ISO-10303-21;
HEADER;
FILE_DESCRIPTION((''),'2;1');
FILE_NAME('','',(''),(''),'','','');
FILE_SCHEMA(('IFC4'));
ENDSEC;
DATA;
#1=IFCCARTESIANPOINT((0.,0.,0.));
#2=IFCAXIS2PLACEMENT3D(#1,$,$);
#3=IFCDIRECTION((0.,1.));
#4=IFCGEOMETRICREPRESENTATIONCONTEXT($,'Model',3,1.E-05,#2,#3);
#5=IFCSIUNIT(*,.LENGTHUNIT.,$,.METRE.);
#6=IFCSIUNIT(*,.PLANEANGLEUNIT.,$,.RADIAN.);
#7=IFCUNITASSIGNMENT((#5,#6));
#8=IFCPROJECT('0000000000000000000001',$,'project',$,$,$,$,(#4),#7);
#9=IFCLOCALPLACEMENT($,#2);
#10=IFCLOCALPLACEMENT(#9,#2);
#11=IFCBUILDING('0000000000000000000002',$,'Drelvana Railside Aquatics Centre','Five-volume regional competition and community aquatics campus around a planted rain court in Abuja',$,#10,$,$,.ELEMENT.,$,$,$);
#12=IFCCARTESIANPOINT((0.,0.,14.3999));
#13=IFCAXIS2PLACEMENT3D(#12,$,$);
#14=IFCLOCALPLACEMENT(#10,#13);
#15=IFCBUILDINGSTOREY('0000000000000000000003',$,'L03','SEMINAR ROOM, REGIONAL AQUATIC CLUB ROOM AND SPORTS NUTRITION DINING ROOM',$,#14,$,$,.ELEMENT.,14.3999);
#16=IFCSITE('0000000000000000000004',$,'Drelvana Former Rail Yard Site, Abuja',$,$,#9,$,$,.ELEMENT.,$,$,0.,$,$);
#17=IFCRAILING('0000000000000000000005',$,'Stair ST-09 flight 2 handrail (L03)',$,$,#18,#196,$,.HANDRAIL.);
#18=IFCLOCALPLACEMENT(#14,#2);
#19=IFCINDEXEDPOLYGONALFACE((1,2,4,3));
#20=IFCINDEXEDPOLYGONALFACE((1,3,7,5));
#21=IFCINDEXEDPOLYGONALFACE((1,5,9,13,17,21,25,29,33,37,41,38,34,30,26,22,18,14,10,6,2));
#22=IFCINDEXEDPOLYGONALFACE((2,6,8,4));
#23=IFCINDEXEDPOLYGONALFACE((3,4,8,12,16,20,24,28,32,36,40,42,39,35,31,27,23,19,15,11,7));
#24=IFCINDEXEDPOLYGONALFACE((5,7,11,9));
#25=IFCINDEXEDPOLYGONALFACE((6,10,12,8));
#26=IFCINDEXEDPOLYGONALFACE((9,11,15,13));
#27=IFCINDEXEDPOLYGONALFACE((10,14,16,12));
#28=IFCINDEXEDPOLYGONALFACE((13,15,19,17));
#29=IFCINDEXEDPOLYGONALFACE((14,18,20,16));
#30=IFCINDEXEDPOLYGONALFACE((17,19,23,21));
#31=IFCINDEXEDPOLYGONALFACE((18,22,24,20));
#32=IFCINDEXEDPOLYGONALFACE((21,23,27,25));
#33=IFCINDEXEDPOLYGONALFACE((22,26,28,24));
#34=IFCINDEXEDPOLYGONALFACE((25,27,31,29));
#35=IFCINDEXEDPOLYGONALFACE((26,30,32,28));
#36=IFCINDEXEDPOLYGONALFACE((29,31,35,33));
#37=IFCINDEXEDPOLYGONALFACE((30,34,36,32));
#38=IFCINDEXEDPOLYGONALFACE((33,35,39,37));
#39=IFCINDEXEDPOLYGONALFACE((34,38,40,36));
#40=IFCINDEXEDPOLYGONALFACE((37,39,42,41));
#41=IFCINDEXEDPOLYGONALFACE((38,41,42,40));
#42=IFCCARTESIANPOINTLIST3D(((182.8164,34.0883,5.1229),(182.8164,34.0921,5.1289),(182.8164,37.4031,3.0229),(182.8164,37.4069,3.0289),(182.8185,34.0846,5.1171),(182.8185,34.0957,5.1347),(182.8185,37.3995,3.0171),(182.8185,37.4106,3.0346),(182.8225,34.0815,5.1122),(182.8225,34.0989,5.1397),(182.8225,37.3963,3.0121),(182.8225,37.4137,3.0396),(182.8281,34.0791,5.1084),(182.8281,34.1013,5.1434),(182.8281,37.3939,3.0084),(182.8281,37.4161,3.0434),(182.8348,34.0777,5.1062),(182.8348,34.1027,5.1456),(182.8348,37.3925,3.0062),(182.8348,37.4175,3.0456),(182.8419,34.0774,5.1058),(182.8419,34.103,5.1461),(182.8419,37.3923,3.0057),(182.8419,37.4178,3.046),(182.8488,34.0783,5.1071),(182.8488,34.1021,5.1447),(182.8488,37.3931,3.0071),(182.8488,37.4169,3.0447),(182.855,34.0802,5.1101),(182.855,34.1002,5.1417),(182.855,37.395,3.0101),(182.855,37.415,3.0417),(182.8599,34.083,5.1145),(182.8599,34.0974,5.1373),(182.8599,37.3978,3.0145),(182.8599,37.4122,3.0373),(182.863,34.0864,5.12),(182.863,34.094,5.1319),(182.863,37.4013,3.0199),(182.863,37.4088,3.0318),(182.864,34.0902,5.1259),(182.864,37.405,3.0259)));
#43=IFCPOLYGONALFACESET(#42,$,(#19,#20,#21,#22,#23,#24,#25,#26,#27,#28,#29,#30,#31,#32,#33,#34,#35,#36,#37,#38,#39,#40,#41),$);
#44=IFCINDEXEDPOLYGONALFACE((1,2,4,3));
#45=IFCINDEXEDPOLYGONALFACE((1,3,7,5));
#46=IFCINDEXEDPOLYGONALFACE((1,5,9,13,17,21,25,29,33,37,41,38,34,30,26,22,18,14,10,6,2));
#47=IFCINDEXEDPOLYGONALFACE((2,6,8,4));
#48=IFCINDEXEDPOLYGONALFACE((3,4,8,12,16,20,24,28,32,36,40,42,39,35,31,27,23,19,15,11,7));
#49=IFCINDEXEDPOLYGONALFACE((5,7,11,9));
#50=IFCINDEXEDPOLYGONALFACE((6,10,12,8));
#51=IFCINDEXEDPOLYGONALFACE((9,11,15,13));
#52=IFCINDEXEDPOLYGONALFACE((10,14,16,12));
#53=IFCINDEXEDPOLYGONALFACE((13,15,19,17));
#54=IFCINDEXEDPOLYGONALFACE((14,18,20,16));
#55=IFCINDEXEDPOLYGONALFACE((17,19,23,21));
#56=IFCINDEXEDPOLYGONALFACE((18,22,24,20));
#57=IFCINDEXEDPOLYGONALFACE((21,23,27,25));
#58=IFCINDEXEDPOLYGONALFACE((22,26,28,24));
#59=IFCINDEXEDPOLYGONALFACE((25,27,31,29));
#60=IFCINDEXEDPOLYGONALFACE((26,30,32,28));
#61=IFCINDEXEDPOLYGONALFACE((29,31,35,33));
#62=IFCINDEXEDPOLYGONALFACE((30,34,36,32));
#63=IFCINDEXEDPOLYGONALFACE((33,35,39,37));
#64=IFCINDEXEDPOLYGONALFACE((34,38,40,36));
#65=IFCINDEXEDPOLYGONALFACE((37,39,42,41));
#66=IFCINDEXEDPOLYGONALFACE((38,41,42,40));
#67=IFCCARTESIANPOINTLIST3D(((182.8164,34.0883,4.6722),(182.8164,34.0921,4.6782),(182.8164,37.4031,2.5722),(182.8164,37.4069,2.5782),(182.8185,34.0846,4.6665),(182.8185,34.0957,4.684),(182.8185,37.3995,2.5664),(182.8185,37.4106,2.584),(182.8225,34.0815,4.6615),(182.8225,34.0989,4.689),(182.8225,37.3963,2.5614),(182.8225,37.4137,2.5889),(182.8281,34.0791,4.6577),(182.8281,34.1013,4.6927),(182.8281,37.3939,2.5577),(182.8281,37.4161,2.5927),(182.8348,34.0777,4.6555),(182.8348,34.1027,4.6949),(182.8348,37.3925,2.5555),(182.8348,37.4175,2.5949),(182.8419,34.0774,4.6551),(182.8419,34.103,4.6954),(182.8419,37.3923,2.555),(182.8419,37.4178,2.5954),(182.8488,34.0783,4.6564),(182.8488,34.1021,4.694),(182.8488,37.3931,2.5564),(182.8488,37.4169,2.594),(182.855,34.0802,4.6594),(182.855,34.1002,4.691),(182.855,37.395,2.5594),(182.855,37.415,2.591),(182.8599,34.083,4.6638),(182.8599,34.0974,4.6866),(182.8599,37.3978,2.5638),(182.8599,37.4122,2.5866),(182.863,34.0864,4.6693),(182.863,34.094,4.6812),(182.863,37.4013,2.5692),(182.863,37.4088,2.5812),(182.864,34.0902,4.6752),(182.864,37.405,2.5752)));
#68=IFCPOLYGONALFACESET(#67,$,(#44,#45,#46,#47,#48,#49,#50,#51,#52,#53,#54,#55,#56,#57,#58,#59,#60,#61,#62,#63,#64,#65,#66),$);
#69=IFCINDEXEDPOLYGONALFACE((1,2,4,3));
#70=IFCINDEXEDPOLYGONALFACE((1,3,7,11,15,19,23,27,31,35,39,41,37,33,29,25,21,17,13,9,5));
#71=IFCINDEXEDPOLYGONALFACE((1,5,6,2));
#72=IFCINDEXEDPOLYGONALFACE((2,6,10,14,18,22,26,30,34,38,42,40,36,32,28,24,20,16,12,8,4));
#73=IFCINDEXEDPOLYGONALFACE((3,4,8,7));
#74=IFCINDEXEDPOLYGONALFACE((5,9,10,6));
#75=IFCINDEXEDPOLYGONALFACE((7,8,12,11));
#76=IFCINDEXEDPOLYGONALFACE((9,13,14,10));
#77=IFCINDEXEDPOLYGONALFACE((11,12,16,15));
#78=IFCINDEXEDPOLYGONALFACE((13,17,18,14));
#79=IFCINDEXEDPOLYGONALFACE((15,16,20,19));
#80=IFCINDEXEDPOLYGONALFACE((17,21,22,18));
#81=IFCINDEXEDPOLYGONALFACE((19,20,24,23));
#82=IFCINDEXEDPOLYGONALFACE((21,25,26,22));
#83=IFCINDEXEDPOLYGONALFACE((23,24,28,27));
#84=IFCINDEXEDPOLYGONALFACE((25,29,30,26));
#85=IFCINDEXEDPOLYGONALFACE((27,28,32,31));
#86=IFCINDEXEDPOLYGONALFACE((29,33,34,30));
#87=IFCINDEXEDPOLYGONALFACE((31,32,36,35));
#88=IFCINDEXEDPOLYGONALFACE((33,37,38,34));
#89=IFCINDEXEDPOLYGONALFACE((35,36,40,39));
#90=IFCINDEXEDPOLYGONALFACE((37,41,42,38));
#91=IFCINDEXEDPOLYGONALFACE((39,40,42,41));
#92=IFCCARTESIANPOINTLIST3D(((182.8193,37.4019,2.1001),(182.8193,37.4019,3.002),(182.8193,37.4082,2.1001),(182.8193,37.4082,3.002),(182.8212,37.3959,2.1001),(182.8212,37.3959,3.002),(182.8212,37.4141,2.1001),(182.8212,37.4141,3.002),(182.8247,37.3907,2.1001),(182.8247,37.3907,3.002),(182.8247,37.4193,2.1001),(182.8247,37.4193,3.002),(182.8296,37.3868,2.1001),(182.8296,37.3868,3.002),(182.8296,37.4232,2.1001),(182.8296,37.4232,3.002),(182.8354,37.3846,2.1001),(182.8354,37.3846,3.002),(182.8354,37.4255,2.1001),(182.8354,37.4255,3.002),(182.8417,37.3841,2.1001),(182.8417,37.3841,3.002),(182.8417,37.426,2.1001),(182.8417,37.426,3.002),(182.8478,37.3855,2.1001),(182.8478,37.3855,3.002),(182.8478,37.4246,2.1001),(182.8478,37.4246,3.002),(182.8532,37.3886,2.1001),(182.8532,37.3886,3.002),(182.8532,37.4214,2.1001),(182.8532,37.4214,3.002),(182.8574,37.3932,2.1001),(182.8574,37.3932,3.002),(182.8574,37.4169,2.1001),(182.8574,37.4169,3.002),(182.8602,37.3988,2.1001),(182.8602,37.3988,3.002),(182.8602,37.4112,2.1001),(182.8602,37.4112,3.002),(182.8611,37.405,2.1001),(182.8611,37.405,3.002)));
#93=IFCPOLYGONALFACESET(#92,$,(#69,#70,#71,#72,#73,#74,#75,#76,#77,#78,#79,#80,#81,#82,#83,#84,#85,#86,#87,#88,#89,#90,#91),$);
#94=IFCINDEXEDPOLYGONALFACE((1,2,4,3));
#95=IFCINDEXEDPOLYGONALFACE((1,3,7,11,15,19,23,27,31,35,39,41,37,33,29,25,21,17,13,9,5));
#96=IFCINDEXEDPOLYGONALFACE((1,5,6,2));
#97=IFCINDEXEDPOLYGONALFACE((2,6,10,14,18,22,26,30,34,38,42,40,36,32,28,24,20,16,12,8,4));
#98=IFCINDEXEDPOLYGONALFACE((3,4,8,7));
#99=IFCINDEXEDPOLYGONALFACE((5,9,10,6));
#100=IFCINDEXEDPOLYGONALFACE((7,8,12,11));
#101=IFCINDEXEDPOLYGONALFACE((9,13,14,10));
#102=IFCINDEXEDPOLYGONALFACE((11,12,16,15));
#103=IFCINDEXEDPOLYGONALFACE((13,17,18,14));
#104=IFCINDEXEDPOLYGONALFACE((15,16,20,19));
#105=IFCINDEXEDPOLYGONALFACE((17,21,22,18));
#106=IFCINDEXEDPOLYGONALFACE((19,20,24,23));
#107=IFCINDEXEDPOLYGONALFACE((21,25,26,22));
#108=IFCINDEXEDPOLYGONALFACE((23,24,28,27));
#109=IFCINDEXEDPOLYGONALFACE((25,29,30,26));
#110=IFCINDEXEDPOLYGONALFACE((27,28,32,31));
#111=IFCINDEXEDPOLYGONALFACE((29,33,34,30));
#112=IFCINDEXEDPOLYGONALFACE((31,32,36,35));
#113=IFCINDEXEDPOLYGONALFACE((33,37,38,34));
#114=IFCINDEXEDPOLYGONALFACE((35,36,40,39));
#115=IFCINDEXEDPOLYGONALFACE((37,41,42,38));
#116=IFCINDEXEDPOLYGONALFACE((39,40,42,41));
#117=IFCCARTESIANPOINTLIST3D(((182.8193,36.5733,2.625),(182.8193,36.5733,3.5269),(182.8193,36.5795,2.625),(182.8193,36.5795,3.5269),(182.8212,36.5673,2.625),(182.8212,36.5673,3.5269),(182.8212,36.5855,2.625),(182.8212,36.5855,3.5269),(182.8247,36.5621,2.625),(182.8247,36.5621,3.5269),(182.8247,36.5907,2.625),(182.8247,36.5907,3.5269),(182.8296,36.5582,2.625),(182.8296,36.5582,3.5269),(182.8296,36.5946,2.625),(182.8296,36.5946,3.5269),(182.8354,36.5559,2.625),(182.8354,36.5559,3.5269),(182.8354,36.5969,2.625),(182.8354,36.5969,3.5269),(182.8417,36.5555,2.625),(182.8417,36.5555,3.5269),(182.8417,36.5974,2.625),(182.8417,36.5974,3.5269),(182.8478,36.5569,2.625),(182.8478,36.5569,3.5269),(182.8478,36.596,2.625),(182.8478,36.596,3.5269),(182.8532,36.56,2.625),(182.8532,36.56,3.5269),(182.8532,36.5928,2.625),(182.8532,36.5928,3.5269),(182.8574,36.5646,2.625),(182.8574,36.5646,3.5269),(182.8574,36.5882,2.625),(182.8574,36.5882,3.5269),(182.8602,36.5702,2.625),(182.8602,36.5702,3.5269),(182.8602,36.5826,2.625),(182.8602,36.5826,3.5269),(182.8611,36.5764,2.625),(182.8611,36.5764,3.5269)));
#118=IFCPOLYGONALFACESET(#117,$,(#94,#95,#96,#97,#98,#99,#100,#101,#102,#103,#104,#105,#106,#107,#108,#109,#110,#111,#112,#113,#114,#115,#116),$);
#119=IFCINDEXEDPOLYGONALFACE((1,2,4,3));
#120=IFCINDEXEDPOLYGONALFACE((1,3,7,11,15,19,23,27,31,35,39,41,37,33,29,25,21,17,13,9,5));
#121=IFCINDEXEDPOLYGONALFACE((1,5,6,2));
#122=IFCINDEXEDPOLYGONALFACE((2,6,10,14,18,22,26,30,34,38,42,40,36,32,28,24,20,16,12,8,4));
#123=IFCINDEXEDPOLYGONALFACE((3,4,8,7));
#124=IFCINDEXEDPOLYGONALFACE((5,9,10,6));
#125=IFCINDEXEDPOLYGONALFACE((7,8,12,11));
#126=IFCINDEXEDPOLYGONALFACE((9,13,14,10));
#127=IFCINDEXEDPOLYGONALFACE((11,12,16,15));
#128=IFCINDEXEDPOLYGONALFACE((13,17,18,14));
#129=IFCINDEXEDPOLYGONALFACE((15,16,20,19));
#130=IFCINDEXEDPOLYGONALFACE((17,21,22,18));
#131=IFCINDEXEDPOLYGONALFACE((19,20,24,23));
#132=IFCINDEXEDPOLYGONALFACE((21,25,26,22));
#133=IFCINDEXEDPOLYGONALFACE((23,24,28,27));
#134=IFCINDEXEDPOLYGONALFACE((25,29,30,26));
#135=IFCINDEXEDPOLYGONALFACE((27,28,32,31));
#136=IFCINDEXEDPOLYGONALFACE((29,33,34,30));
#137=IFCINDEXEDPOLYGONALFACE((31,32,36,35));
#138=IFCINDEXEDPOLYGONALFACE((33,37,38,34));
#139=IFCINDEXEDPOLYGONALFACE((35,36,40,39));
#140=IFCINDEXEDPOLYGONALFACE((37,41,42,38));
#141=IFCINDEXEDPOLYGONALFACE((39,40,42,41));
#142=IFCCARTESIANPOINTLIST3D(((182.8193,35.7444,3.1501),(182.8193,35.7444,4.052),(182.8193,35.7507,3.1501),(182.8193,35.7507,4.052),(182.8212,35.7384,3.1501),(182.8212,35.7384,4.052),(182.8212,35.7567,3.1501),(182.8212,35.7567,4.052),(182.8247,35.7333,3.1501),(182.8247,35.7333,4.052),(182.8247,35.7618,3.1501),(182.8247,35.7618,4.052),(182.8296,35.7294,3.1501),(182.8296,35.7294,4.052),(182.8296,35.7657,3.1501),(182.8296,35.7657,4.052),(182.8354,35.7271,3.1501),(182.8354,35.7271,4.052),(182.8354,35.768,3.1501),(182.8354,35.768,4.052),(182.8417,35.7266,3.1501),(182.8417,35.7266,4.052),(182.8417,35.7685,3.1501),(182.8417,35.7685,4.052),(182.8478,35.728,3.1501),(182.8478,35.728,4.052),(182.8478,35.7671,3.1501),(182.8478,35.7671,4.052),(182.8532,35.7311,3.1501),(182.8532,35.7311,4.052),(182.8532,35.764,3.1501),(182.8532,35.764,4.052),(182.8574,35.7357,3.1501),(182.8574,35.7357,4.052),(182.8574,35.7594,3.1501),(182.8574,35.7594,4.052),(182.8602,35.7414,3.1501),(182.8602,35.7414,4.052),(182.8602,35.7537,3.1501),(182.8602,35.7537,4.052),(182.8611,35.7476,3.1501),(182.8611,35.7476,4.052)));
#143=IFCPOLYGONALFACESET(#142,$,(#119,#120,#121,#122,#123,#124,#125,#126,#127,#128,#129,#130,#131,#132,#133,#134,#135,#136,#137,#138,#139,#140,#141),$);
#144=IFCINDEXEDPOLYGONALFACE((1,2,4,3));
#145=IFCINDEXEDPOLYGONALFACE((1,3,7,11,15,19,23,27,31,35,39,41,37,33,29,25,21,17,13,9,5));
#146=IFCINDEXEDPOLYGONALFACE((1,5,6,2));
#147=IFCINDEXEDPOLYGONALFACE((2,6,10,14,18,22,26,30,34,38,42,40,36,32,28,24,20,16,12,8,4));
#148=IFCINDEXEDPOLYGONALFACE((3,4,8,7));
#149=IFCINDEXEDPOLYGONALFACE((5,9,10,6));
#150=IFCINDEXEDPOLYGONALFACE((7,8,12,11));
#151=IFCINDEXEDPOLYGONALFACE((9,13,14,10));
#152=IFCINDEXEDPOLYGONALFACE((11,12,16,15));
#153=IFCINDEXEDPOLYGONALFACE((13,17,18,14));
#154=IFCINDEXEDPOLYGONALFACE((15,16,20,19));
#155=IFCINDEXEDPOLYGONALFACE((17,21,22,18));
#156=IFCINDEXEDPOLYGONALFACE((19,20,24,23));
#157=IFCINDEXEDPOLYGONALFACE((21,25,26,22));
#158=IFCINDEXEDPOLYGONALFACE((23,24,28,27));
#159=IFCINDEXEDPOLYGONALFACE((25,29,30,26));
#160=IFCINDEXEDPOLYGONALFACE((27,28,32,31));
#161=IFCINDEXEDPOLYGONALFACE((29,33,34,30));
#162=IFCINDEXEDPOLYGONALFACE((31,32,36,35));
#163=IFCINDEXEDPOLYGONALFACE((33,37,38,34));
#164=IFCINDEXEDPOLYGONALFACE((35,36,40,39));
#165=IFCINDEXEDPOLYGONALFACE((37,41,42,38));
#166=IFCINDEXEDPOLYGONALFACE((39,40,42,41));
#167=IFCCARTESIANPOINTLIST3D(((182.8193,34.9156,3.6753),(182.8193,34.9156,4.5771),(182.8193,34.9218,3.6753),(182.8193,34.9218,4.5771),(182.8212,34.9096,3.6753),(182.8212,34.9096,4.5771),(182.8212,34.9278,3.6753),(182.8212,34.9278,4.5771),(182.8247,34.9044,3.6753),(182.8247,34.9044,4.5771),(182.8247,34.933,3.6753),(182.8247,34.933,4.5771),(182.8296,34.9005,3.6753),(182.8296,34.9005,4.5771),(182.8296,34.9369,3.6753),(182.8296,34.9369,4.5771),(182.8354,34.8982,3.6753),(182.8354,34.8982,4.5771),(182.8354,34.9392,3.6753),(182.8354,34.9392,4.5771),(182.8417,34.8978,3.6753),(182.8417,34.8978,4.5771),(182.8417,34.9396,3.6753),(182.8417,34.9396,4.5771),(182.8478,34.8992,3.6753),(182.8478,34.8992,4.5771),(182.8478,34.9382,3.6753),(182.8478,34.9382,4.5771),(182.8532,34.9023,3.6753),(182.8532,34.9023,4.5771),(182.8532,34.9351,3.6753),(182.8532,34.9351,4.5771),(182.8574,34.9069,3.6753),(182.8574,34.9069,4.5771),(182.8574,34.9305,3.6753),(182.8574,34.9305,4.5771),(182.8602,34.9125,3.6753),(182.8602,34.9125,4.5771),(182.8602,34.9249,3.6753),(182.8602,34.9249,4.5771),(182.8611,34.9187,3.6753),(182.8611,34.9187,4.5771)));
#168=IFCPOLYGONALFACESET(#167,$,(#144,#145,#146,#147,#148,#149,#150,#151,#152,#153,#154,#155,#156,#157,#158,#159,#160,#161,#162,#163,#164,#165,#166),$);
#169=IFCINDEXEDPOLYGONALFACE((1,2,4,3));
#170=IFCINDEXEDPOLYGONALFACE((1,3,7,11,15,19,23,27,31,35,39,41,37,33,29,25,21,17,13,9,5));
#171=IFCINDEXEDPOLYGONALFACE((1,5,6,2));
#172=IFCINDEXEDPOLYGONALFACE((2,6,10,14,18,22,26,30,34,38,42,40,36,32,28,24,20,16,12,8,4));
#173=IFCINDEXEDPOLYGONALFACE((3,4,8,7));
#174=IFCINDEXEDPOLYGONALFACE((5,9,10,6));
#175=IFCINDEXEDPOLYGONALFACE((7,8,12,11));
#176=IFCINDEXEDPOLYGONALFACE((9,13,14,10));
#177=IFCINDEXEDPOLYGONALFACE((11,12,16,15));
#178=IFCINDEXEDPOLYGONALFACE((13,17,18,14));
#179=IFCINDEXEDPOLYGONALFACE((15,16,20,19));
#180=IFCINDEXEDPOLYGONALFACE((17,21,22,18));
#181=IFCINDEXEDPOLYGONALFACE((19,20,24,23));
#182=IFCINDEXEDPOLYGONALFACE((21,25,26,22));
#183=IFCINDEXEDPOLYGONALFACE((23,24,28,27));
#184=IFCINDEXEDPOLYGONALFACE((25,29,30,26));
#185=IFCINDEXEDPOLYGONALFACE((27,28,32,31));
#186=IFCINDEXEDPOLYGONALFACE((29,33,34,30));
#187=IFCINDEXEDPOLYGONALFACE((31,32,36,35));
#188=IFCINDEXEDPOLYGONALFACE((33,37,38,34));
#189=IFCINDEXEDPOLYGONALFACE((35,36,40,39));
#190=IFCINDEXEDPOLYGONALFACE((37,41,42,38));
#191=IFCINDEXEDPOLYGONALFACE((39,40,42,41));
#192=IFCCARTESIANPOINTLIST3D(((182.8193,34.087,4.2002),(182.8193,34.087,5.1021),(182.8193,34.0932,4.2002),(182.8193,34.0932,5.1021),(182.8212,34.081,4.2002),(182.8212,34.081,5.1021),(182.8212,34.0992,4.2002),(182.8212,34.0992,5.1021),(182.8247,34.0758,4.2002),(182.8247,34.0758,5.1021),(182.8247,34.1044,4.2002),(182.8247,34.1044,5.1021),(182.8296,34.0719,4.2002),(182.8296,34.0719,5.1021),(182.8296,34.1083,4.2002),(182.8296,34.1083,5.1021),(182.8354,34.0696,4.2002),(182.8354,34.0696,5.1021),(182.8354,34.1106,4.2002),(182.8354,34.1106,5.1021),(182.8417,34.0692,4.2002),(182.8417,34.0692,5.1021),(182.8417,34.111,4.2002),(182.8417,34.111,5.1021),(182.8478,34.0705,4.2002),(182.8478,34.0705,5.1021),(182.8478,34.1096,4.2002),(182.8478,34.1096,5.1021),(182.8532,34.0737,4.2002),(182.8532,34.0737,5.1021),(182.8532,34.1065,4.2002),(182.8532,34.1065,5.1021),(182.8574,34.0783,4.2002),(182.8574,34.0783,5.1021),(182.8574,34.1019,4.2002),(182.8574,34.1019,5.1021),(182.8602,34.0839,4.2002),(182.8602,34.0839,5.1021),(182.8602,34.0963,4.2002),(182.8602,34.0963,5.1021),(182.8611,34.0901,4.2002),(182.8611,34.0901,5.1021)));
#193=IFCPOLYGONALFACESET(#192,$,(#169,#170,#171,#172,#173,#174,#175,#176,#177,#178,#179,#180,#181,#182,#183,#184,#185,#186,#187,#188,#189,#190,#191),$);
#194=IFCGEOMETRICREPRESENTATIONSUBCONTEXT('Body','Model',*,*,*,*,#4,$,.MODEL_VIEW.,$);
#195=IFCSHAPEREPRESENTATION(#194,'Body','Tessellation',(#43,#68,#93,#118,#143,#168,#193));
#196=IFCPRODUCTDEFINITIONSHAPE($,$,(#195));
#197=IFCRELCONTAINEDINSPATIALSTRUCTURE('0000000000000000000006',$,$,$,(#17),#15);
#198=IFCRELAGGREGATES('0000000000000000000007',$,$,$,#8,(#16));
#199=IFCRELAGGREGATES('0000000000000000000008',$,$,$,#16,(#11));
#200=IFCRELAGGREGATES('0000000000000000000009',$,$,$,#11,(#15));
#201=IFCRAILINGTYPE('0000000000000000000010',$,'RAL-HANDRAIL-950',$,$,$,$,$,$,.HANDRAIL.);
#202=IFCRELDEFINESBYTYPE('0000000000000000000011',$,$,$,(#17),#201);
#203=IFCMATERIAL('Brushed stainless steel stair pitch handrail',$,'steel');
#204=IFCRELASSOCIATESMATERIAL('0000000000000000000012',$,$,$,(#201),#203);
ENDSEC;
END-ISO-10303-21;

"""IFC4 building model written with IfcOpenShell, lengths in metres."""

from ifc_helpers import new_model, si_unit, direction, frame, origin, origin_2d, place, context, subcontext, project, spatial, circle, extrude, material, type_object, element, save


model = new_model("IFC4")

# Units and contexts
model_context = context("Model", 3, precision=1e-05, world=origin(), true_north=direction((0.0, 1.0)))
body_context = subcontext(model_context, "Body", "Model", "MODEL_VIEW")
ifc_project = project(units=[si_unit("LENGTHUNIT", "METRE"), si_unit("PLANEANGLEUNIT", "RADIAN")], contexts=[model_context])

# Site, building, storey
site_placement = place(None, origin())
site = spatial("IfcSite", under=ifc_project, at=site_placement, Name="Drelvana Former Rail Yard Site, Abuja", CompositionType="ELEMENT", RefElevation=0.0)
building_placement = place(site_placement, origin())
building = spatial("IfcBuilding", under=site, at=building_placement, Name="Drelvana Railside Aquatics Centre", Description="Five-volume regional competition and community aquatics campus around a planted rain court in Abuja", CompositionType="ELEMENT")
storey_placement = place(building_placement, frame((0.0, 0.0, 14.3999)))
storey = spatial("IfcBuildingStorey", under=building, at=storey_placement, Name="L03", Description="SEMINAR ROOM, REGIONAL AQUATIC CLUB ROOM AND SPORTS NUTRITION DINING ROOM", CompositionType="ELEMENT", Elevation=14.3999)

# Railing
ifc_material_1 = material(Name="Brushed stainless steel stair pitch handrail", Category="steel")
railing_type = type_object("IfcRailingType", Name="RAL-HANDRAIL-950", PredefinedType="HANDRAIL", material=ifc_material_1)
railing_placement = place(storey_placement, frame((182.8401, 37.405, 2.1001)))
element("IfcRailing", 1, at=railing_placement, inside=storey, type_object=railing_type, Name="Stair ST-09 flight 2 handrail (L03)", PredefinedType="HANDRAIL", context=body_context, shape_type="SweptSolid", body=[
    extrude(circle(Radius=0.0239, at=origin_2d()), frame((0.0, 0.0, 0.9258), z_axis=(0.0, -0.844746, 0.535168), x_axis=(1.0, 0.0, 0.0)), (0.0, 0.0, 1.0), 3.9241),
    extrude(circle(Radius=0.0239, at=origin_2d()), frame((0.0, 0.0, 0.4751), z_axis=(0.0, -0.844746, 0.535168), x_axis=(1.0, 0.0, 0.0)), (0.0, 0.0, 1.0), 3.9241),
    extrude(circle(Radius=0.021, at=origin_2d()), origin(), (0.0, 0.0, 1.0), 0.9019),
    extrude(circle(Radius=0.021, at=origin_2d()), frame((0.0, -0.8286, 0.5249)), (0.0, 0.0, 1.0), 0.9019),
    extrude(circle(Radius=0.021, at=origin_2d()), frame((0.0, -1.6575, 1.05)), (0.0, 0.0, 1.0), 0.9019),
    extrude(circle(Radius=0.021, at=origin_2d()), frame((0.0, -2.4863, 1.5752)), (0.0, 0.0, 1.0), 0.9019),
    extrude(circle(Radius=0.021, at=origin_2d()), frame((0.0, -3.3149, 2.1001)), (0.0, 0.0, 1.0), 0.9019),
])

save(model, "model.ifc")
